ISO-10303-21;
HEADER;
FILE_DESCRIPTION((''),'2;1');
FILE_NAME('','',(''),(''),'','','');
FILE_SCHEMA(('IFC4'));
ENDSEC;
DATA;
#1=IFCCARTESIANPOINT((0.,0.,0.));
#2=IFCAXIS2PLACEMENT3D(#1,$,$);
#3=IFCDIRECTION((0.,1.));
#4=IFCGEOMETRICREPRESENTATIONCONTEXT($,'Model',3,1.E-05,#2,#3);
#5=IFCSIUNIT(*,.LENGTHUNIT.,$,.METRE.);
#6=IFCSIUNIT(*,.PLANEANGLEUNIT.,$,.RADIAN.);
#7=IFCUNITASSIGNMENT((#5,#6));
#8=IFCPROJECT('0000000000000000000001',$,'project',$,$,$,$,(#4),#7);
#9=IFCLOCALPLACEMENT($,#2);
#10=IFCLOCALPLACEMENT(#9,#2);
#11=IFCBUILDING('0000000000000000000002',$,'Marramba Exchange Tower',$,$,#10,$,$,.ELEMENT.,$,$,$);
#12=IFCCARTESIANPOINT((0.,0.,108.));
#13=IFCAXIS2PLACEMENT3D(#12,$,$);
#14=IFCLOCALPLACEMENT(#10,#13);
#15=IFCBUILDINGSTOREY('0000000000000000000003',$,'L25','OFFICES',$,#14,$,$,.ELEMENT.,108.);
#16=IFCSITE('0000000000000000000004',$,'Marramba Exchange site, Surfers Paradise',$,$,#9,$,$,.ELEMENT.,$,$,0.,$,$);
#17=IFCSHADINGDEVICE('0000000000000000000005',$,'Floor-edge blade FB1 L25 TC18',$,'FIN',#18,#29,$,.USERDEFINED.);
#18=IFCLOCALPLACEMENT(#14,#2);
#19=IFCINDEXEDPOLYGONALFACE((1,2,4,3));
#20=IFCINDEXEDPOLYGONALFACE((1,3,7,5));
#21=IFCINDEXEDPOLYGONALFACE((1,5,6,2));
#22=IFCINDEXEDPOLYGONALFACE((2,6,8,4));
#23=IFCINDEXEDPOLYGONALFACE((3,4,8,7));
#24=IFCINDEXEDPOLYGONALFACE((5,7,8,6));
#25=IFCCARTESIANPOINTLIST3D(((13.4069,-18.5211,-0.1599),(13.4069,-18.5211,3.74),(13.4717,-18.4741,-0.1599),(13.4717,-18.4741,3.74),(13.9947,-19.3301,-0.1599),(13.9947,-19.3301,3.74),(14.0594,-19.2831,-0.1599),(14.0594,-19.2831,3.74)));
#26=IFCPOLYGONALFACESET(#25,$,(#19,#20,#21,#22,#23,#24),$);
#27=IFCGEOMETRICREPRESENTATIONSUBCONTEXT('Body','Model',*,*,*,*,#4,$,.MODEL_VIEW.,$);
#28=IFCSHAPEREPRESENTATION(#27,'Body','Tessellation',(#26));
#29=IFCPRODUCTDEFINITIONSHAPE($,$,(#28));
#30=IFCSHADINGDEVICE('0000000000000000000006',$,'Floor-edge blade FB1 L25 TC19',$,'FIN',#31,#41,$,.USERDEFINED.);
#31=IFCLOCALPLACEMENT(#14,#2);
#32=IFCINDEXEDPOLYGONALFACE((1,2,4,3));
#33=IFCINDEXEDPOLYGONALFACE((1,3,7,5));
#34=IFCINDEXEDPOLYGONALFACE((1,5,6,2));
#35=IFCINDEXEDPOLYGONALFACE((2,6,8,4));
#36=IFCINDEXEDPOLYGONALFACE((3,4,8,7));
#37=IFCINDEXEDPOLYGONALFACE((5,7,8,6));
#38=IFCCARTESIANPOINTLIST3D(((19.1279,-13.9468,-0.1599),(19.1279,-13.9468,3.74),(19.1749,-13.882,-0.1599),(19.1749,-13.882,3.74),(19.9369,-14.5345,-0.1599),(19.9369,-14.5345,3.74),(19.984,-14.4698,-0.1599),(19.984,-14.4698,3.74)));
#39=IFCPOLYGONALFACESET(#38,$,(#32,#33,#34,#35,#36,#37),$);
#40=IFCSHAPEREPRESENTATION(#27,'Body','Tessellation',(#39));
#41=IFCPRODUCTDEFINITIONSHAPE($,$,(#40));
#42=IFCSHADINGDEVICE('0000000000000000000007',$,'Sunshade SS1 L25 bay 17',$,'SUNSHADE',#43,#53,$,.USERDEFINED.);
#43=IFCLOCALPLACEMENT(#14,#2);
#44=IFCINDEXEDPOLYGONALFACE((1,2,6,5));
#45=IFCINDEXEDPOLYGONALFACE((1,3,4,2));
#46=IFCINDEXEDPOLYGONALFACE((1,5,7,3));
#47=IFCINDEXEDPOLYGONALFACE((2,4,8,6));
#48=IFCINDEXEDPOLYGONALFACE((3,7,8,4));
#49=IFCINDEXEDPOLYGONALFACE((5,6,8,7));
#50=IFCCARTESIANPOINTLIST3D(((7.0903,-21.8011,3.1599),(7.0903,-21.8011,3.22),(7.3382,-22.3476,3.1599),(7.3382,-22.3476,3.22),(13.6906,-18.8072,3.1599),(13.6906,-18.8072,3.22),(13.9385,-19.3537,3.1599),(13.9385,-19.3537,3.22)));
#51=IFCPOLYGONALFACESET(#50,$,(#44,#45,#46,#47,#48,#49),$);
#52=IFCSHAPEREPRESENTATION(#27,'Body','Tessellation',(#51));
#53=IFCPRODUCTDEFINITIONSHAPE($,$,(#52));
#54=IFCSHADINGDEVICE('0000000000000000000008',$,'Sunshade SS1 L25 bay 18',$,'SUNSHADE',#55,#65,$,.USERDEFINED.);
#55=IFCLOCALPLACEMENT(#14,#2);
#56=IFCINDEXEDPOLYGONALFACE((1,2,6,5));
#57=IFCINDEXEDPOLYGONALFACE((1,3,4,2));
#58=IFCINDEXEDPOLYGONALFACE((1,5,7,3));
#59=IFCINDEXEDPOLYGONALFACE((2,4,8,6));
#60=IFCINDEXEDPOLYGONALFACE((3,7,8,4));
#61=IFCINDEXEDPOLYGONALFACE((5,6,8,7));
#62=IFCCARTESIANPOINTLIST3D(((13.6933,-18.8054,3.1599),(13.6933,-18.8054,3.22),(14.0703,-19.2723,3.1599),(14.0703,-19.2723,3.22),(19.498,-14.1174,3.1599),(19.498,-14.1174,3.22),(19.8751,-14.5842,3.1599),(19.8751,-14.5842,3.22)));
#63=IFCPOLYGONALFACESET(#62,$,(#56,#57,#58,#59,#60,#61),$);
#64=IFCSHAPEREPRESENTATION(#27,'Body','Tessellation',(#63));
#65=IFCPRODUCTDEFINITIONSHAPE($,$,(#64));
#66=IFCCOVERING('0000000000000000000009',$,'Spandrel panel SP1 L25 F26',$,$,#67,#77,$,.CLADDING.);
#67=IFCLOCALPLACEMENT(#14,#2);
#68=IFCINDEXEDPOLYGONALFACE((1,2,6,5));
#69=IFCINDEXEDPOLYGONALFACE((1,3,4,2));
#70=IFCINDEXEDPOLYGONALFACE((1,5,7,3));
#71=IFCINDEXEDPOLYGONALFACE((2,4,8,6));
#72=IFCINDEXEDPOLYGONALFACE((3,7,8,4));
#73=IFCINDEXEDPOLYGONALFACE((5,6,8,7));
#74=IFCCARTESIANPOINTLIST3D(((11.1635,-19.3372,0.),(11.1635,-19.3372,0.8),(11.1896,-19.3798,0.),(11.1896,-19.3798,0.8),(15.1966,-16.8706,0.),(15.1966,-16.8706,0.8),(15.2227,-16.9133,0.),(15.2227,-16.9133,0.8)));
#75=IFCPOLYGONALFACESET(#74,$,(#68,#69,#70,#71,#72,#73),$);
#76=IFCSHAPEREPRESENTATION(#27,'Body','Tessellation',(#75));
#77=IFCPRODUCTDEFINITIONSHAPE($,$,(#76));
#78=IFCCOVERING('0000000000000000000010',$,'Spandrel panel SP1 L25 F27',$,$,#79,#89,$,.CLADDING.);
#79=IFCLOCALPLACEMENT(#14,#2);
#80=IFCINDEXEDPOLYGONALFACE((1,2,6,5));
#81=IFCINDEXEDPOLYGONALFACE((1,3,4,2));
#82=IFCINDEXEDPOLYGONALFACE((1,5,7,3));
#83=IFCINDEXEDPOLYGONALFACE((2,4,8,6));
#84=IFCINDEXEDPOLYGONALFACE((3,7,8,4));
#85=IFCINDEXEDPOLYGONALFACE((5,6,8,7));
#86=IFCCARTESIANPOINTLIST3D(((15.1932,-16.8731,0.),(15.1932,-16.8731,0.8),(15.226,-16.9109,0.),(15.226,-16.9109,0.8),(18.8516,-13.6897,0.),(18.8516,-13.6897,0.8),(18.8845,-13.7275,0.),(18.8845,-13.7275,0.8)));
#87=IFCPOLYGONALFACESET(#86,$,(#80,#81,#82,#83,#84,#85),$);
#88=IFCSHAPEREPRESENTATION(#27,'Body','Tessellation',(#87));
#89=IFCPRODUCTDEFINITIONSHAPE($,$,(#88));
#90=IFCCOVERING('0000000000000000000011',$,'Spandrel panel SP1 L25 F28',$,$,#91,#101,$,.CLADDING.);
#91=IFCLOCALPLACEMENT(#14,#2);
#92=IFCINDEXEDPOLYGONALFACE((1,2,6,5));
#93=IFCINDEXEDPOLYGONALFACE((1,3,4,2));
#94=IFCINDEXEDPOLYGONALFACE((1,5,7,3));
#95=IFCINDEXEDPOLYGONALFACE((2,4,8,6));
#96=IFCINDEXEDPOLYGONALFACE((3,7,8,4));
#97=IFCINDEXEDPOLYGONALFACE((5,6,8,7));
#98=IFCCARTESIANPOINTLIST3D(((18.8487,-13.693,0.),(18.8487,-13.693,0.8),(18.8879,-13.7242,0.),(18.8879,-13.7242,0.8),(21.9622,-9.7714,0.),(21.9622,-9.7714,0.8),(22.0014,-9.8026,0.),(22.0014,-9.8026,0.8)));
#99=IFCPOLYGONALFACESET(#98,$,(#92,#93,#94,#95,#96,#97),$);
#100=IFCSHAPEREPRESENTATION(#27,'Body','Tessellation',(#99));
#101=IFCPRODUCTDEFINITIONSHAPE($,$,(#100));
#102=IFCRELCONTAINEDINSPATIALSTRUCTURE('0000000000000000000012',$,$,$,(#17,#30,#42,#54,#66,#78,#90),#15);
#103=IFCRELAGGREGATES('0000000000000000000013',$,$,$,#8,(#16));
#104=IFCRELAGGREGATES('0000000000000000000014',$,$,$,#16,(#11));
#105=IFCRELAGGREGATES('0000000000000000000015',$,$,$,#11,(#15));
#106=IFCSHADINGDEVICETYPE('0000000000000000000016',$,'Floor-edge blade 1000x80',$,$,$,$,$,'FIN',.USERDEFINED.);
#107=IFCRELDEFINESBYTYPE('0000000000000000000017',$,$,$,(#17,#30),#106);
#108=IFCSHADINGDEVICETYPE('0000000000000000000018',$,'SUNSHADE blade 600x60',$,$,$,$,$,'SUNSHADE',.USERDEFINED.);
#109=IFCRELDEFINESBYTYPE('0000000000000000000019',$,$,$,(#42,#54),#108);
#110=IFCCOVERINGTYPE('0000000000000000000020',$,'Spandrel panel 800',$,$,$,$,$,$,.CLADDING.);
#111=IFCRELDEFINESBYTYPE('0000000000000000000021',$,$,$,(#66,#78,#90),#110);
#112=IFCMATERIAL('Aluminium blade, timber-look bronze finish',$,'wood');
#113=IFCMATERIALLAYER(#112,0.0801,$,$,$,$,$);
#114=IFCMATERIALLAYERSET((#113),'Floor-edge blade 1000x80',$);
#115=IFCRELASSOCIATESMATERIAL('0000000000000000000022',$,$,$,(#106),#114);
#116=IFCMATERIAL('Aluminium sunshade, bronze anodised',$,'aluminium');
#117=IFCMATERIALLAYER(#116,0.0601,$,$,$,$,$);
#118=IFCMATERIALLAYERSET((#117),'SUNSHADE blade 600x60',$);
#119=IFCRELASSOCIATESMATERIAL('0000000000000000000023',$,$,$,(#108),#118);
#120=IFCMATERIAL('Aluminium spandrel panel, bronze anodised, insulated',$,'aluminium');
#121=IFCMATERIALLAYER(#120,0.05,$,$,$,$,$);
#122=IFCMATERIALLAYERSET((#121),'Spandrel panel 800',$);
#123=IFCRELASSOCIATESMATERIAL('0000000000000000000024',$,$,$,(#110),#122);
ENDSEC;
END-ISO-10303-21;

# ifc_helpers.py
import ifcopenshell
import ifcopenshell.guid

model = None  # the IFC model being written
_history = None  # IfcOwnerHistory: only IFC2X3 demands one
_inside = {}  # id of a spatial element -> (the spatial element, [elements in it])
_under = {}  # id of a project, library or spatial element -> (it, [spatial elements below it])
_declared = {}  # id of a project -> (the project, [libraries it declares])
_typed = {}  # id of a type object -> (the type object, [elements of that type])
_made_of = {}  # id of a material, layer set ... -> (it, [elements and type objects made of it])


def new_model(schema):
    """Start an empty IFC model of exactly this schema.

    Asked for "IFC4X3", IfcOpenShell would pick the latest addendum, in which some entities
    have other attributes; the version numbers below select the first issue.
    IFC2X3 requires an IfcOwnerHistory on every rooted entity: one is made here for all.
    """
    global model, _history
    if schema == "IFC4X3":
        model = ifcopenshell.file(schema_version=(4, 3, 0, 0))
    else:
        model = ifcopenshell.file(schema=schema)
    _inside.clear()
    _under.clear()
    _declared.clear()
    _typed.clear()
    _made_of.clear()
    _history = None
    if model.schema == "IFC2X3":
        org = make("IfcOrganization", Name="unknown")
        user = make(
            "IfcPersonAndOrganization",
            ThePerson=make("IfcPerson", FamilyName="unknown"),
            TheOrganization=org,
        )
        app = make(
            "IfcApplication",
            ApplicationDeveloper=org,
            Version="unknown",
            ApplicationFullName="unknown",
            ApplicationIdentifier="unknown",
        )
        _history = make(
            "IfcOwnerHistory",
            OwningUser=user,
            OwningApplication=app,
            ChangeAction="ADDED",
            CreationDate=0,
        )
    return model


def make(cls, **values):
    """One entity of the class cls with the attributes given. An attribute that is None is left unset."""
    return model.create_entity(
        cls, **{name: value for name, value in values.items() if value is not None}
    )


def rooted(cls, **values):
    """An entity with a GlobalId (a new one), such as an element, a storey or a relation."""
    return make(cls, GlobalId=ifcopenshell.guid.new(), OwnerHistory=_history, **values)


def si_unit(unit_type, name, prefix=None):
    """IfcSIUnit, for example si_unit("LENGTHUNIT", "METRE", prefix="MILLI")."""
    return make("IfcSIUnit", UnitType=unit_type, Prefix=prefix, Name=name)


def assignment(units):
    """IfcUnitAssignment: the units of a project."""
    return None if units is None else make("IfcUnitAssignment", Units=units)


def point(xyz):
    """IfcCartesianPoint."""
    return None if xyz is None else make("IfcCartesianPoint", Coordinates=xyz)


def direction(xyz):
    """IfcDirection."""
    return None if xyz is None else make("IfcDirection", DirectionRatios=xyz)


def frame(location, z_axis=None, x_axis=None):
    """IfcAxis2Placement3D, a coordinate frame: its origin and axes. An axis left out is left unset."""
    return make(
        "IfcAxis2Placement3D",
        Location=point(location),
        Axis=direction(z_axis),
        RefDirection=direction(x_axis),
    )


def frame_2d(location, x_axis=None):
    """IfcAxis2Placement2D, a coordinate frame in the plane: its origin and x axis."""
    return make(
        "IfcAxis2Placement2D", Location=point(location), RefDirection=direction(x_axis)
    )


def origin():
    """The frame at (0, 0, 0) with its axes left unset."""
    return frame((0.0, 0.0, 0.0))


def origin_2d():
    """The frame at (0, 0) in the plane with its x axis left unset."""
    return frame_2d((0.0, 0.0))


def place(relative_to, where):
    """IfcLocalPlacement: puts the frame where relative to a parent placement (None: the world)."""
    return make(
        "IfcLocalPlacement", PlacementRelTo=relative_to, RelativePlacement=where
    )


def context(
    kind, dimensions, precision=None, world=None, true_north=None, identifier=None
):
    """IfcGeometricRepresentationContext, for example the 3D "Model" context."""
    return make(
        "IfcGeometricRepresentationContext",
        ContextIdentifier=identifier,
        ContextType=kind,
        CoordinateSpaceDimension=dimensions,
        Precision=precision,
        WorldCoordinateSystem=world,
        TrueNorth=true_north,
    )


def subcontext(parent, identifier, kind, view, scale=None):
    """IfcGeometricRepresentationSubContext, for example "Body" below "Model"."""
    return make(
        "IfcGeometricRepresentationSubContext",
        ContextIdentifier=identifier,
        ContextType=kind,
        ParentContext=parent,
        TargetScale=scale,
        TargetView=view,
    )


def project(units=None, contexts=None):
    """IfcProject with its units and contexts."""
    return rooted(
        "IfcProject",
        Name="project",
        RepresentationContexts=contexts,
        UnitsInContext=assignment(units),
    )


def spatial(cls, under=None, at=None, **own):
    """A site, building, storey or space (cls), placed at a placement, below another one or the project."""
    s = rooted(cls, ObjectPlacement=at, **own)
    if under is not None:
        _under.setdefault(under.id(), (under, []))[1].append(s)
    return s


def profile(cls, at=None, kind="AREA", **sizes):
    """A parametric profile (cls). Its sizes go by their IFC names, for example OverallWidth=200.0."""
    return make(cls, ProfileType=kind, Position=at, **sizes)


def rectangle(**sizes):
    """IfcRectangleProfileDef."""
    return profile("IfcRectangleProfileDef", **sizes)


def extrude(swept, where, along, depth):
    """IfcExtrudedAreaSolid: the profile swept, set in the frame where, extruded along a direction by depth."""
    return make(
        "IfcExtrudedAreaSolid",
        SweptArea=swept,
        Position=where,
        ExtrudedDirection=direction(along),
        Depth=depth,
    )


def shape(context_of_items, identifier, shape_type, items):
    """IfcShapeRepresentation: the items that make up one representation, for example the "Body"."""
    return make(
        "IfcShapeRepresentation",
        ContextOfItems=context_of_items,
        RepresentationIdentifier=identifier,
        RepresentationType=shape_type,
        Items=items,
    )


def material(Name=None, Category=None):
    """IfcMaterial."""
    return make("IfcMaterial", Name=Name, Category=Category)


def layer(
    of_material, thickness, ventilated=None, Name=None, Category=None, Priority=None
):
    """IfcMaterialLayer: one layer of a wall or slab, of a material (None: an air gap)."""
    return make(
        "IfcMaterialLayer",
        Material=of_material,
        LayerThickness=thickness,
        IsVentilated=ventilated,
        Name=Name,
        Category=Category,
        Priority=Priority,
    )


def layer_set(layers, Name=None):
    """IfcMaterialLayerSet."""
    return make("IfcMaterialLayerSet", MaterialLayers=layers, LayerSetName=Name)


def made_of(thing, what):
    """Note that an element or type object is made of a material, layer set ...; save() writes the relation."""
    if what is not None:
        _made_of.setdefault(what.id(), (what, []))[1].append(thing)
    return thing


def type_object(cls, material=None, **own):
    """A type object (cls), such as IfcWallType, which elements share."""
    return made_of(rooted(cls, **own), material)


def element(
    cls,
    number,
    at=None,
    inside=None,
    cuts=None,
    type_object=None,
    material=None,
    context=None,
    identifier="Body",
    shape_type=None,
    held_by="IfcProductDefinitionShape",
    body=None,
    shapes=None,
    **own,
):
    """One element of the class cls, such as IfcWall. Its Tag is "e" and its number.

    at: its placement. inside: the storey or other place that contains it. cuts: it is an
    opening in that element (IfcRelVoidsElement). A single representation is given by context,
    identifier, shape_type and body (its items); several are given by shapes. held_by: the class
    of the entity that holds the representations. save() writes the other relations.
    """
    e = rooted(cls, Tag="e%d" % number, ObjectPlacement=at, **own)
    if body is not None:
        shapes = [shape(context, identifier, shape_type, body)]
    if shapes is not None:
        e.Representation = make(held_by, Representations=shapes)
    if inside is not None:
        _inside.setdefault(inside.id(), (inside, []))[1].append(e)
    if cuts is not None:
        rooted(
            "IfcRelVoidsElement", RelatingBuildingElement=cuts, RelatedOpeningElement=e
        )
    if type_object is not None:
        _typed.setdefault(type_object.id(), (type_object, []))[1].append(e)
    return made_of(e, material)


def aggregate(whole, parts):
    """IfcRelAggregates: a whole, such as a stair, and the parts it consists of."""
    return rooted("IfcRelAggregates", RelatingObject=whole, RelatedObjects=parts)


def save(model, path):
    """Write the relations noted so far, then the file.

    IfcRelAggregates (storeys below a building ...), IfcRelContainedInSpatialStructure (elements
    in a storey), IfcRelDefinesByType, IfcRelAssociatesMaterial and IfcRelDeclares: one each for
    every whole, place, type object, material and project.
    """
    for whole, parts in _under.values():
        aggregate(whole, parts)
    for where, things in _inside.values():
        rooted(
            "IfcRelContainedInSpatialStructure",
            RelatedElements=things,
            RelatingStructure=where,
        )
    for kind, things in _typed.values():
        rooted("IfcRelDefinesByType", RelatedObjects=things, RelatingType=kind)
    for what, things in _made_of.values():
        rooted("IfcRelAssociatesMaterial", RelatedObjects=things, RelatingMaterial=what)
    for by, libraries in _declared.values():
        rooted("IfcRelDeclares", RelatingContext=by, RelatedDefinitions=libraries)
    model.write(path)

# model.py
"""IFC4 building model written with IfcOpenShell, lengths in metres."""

from ifc_helpers import new_model, si_unit, direction, frame, origin, origin_2d, place, context, subcontext, project, spatial, rectangle, extrude, material, layer, layer_set, type_object, element, save


model = new_model("IFC4")

# Units and contexts
model_context = context("Model", 3, precision=1e-05, world=origin(), true_north=direction((0.0, 1.0)))
body_context = subcontext(model_context, "Body", "Model", "MODEL_VIEW")
ifc_project = project(units=[si_unit("LENGTHUNIT", "METRE"), si_unit("PLANEANGLEUNIT", "RADIAN")], contexts=[model_context])

# Site, building, storey
site_placement = place(None, origin())
site = spatial("IfcSite", under=ifc_project, at=site_placement, Name="Marramba Exchange site, Surfers Paradise", CompositionType="ELEMENT", RefElevation=0.0)
building_placement = place(site_placement, origin())
building = spatial("IfcBuilding", under=site, at=building_placement, Name="Marramba Exchange Tower", CompositionType="ELEMENT")
storey_placement = place(building_placement, frame((0.0, 0.0, 108.0)))
storey = spatial("IfcBuildingStorey", under=building, at=storey_placement, Name="L25", Description="OFFICES", CompositionType="ELEMENT", Elevation=108.0)

# Shading devices
ifc_material_1 = material(Name="Aluminium blade, timber-look bronze finish", Category="wood")
ifc_layer_1 = layer(ifc_material_1, 0.0801)
ifc_layer_set_1 = layer_set([ifc_layer_1], Name="Floor-edge blade 1000x80")
shading_device_type_1 = type_object("IfcShadingDeviceType", Name="Floor-edge blade 1000x80", ElementType="FIN", PredefinedType="USERDEFINED", material=ifc_layer_set_1)
for number, where, z_axis, x_axis, name in (
    (1, (13.7332, -18.9021, -0.1599), (0.0, 0.0, 1.0), (0.587785, -0.809017, 0.0), "Floor-edge blade FB1 L25 TC18"),
    (2, (19.5559, -14.2083, -0.1599), (0.0, 0.0, 1.0), (0.809017, -0.587785, 0.0), "Floor-edge blade FB1 L25 TC19"),
):
    element("IfcShadingDevice", number, at=place(storey_placement, frame(where, z_axis=z_axis, x_axis=x_axis)), inside=storey, type_object=shading_device_type_1, Name=name, ObjectType="FIN", PredefinedType="USERDEFINED", context=body_context, shape_type="SweptSolid", body=[
        extrude(rectangle(XDim=1.0, YDim=0.0801, at=origin_2d()), origin(), (0.0, 0.0, 1.0), 3.8999),
    ])
ifc_material_2 = material(Name="Aluminium sunshade, bronze anodised", Category="aluminium")
ifc_layer_2 = layer(ifc_material_2, 0.0601)
ifc_layer_set_2 = layer_set([ifc_layer_2], Name="SUNSHADE blade 600x60")
shading_device_type_2 = type_object("IfcShadingDeviceType", Name="SUNSHADE blade 600x60", ElementType="SUNSHADE", PredefinedType="USERDEFINED", material=ifc_layer_set_2)
shading_device_1_placement = place(storey_placement, frame((10.5144, -20.5774, 3.1599), z_axis=(0.0, 0.0, 1.0), x_axis=(0.910692, 0.413086, 0.0)))
element("IfcShadingDevice", 3, at=shading_device_1_placement, inside=storey, type_object=shading_device_type_2, Name="Sunshade SS1 L25 bay 17", ObjectType="SUNSHADE", PredefinedType="USERDEFINED", context=body_context, shape_type="SweptSolid", body=[
    extrude(rectangle(XDim=7.2476, YDim=0.6001, at=origin_2d()), origin(), (0.0, 0.0, 1.0), 0.0601),
])
shading_device_2_placement = place(storey_placement, frame((16.7842, -16.6948, 3.1599), z_axis=(0.0, 0.0, 1.0), x_axis=(0.777962, 0.628311, 0.0)))
element("IfcShadingDevice", 4, at=shading_device_2_placement, inside=storey, type_object=shading_device_type_2, Name="Sunshade SS1 L25 bay 18", ObjectType="SUNSHADE", PredefinedType="USERDEFINED", context=body_context, shape_type="SweptSolid", body=[
    extrude(rectangle(XDim=7.4614, YDim=0.6001, at=origin_2d()), origin(), (0.0, 0.0, 1.0), 0.0601),
])

# Coverings
ifc_material_3 = material(Name="Aluminium spandrel panel, bronze anodised, insulated", Category="aluminium")
ifc_layer_3 = layer(ifc_material_3, 0.05)
ifc_layer_set_3 = layer_set([ifc_layer_3], Name="Spandrel panel 800")
covering_type = type_object("IfcCoveringType", Name="Spandrel panel 800", PredefinedType="CLADDING", material=ifc_layer_set_3)
covering_1_placement = place(storey_placement, frame((13.1931, -18.1252, 0.0), z_axis=(0.0, 0.0, 1.0), x_axis=(0.853109, 0.521733, 0.0)))
element("IfcCovering", 5, at=covering_1_placement, inside=storey, type_object=covering_type, Name="Spandrel panel SP1 L25 F26", PredefinedType="CLADDING", context=body_context, shape_type="SweptSolid", body=[
    extrude(rectangle(XDim=4.7275, YDim=0.05, at=origin_2d()), origin(), (0.0, 0.0, 1.0), 0.8),
])
covering_2_placement = place(storey_placement, frame((17.0388, -15.3003, 0.0), z_axis=(0.0, 0.0, 1.0), x_axis=(0.754386, 0.656432, 0.0)))
element("IfcCovering", 6, at=covering_2_placement, inside=storey, type_object=covering_type, Name="Spandrel panel SP1 L25 F27", PredefinedType="CLADDING", context=body_context, shape_type="SweptSolid", body=[
    extrude(rectangle(XDim=4.8496, YDim=0.05, at=origin_2d()), origin(), (0.0, 0.0, 1.0), 0.8),
])
covering_3_placement = place(storey_placement, frame((20.425, -11.7478, 0.0), z_axis=(0.0, 0.0, 1.0), x_axis=(0.621807, 0.78317, 0.0)))
element("IfcCovering", 7, at=covering_3_placement, inside=storey, type_object=covering_type, Name="Spandrel panel SP1 L25 F28", PredefinedType="CLADDING", context=body_context, shape_type="SweptSolid", body=[
    extrude(rectangle(XDim=5.0073, YDim=0.05, at=origin_2d()), origin(), (0.0, 0.0, 1.0), 0.8),
])

save(model, "model.ifc")
